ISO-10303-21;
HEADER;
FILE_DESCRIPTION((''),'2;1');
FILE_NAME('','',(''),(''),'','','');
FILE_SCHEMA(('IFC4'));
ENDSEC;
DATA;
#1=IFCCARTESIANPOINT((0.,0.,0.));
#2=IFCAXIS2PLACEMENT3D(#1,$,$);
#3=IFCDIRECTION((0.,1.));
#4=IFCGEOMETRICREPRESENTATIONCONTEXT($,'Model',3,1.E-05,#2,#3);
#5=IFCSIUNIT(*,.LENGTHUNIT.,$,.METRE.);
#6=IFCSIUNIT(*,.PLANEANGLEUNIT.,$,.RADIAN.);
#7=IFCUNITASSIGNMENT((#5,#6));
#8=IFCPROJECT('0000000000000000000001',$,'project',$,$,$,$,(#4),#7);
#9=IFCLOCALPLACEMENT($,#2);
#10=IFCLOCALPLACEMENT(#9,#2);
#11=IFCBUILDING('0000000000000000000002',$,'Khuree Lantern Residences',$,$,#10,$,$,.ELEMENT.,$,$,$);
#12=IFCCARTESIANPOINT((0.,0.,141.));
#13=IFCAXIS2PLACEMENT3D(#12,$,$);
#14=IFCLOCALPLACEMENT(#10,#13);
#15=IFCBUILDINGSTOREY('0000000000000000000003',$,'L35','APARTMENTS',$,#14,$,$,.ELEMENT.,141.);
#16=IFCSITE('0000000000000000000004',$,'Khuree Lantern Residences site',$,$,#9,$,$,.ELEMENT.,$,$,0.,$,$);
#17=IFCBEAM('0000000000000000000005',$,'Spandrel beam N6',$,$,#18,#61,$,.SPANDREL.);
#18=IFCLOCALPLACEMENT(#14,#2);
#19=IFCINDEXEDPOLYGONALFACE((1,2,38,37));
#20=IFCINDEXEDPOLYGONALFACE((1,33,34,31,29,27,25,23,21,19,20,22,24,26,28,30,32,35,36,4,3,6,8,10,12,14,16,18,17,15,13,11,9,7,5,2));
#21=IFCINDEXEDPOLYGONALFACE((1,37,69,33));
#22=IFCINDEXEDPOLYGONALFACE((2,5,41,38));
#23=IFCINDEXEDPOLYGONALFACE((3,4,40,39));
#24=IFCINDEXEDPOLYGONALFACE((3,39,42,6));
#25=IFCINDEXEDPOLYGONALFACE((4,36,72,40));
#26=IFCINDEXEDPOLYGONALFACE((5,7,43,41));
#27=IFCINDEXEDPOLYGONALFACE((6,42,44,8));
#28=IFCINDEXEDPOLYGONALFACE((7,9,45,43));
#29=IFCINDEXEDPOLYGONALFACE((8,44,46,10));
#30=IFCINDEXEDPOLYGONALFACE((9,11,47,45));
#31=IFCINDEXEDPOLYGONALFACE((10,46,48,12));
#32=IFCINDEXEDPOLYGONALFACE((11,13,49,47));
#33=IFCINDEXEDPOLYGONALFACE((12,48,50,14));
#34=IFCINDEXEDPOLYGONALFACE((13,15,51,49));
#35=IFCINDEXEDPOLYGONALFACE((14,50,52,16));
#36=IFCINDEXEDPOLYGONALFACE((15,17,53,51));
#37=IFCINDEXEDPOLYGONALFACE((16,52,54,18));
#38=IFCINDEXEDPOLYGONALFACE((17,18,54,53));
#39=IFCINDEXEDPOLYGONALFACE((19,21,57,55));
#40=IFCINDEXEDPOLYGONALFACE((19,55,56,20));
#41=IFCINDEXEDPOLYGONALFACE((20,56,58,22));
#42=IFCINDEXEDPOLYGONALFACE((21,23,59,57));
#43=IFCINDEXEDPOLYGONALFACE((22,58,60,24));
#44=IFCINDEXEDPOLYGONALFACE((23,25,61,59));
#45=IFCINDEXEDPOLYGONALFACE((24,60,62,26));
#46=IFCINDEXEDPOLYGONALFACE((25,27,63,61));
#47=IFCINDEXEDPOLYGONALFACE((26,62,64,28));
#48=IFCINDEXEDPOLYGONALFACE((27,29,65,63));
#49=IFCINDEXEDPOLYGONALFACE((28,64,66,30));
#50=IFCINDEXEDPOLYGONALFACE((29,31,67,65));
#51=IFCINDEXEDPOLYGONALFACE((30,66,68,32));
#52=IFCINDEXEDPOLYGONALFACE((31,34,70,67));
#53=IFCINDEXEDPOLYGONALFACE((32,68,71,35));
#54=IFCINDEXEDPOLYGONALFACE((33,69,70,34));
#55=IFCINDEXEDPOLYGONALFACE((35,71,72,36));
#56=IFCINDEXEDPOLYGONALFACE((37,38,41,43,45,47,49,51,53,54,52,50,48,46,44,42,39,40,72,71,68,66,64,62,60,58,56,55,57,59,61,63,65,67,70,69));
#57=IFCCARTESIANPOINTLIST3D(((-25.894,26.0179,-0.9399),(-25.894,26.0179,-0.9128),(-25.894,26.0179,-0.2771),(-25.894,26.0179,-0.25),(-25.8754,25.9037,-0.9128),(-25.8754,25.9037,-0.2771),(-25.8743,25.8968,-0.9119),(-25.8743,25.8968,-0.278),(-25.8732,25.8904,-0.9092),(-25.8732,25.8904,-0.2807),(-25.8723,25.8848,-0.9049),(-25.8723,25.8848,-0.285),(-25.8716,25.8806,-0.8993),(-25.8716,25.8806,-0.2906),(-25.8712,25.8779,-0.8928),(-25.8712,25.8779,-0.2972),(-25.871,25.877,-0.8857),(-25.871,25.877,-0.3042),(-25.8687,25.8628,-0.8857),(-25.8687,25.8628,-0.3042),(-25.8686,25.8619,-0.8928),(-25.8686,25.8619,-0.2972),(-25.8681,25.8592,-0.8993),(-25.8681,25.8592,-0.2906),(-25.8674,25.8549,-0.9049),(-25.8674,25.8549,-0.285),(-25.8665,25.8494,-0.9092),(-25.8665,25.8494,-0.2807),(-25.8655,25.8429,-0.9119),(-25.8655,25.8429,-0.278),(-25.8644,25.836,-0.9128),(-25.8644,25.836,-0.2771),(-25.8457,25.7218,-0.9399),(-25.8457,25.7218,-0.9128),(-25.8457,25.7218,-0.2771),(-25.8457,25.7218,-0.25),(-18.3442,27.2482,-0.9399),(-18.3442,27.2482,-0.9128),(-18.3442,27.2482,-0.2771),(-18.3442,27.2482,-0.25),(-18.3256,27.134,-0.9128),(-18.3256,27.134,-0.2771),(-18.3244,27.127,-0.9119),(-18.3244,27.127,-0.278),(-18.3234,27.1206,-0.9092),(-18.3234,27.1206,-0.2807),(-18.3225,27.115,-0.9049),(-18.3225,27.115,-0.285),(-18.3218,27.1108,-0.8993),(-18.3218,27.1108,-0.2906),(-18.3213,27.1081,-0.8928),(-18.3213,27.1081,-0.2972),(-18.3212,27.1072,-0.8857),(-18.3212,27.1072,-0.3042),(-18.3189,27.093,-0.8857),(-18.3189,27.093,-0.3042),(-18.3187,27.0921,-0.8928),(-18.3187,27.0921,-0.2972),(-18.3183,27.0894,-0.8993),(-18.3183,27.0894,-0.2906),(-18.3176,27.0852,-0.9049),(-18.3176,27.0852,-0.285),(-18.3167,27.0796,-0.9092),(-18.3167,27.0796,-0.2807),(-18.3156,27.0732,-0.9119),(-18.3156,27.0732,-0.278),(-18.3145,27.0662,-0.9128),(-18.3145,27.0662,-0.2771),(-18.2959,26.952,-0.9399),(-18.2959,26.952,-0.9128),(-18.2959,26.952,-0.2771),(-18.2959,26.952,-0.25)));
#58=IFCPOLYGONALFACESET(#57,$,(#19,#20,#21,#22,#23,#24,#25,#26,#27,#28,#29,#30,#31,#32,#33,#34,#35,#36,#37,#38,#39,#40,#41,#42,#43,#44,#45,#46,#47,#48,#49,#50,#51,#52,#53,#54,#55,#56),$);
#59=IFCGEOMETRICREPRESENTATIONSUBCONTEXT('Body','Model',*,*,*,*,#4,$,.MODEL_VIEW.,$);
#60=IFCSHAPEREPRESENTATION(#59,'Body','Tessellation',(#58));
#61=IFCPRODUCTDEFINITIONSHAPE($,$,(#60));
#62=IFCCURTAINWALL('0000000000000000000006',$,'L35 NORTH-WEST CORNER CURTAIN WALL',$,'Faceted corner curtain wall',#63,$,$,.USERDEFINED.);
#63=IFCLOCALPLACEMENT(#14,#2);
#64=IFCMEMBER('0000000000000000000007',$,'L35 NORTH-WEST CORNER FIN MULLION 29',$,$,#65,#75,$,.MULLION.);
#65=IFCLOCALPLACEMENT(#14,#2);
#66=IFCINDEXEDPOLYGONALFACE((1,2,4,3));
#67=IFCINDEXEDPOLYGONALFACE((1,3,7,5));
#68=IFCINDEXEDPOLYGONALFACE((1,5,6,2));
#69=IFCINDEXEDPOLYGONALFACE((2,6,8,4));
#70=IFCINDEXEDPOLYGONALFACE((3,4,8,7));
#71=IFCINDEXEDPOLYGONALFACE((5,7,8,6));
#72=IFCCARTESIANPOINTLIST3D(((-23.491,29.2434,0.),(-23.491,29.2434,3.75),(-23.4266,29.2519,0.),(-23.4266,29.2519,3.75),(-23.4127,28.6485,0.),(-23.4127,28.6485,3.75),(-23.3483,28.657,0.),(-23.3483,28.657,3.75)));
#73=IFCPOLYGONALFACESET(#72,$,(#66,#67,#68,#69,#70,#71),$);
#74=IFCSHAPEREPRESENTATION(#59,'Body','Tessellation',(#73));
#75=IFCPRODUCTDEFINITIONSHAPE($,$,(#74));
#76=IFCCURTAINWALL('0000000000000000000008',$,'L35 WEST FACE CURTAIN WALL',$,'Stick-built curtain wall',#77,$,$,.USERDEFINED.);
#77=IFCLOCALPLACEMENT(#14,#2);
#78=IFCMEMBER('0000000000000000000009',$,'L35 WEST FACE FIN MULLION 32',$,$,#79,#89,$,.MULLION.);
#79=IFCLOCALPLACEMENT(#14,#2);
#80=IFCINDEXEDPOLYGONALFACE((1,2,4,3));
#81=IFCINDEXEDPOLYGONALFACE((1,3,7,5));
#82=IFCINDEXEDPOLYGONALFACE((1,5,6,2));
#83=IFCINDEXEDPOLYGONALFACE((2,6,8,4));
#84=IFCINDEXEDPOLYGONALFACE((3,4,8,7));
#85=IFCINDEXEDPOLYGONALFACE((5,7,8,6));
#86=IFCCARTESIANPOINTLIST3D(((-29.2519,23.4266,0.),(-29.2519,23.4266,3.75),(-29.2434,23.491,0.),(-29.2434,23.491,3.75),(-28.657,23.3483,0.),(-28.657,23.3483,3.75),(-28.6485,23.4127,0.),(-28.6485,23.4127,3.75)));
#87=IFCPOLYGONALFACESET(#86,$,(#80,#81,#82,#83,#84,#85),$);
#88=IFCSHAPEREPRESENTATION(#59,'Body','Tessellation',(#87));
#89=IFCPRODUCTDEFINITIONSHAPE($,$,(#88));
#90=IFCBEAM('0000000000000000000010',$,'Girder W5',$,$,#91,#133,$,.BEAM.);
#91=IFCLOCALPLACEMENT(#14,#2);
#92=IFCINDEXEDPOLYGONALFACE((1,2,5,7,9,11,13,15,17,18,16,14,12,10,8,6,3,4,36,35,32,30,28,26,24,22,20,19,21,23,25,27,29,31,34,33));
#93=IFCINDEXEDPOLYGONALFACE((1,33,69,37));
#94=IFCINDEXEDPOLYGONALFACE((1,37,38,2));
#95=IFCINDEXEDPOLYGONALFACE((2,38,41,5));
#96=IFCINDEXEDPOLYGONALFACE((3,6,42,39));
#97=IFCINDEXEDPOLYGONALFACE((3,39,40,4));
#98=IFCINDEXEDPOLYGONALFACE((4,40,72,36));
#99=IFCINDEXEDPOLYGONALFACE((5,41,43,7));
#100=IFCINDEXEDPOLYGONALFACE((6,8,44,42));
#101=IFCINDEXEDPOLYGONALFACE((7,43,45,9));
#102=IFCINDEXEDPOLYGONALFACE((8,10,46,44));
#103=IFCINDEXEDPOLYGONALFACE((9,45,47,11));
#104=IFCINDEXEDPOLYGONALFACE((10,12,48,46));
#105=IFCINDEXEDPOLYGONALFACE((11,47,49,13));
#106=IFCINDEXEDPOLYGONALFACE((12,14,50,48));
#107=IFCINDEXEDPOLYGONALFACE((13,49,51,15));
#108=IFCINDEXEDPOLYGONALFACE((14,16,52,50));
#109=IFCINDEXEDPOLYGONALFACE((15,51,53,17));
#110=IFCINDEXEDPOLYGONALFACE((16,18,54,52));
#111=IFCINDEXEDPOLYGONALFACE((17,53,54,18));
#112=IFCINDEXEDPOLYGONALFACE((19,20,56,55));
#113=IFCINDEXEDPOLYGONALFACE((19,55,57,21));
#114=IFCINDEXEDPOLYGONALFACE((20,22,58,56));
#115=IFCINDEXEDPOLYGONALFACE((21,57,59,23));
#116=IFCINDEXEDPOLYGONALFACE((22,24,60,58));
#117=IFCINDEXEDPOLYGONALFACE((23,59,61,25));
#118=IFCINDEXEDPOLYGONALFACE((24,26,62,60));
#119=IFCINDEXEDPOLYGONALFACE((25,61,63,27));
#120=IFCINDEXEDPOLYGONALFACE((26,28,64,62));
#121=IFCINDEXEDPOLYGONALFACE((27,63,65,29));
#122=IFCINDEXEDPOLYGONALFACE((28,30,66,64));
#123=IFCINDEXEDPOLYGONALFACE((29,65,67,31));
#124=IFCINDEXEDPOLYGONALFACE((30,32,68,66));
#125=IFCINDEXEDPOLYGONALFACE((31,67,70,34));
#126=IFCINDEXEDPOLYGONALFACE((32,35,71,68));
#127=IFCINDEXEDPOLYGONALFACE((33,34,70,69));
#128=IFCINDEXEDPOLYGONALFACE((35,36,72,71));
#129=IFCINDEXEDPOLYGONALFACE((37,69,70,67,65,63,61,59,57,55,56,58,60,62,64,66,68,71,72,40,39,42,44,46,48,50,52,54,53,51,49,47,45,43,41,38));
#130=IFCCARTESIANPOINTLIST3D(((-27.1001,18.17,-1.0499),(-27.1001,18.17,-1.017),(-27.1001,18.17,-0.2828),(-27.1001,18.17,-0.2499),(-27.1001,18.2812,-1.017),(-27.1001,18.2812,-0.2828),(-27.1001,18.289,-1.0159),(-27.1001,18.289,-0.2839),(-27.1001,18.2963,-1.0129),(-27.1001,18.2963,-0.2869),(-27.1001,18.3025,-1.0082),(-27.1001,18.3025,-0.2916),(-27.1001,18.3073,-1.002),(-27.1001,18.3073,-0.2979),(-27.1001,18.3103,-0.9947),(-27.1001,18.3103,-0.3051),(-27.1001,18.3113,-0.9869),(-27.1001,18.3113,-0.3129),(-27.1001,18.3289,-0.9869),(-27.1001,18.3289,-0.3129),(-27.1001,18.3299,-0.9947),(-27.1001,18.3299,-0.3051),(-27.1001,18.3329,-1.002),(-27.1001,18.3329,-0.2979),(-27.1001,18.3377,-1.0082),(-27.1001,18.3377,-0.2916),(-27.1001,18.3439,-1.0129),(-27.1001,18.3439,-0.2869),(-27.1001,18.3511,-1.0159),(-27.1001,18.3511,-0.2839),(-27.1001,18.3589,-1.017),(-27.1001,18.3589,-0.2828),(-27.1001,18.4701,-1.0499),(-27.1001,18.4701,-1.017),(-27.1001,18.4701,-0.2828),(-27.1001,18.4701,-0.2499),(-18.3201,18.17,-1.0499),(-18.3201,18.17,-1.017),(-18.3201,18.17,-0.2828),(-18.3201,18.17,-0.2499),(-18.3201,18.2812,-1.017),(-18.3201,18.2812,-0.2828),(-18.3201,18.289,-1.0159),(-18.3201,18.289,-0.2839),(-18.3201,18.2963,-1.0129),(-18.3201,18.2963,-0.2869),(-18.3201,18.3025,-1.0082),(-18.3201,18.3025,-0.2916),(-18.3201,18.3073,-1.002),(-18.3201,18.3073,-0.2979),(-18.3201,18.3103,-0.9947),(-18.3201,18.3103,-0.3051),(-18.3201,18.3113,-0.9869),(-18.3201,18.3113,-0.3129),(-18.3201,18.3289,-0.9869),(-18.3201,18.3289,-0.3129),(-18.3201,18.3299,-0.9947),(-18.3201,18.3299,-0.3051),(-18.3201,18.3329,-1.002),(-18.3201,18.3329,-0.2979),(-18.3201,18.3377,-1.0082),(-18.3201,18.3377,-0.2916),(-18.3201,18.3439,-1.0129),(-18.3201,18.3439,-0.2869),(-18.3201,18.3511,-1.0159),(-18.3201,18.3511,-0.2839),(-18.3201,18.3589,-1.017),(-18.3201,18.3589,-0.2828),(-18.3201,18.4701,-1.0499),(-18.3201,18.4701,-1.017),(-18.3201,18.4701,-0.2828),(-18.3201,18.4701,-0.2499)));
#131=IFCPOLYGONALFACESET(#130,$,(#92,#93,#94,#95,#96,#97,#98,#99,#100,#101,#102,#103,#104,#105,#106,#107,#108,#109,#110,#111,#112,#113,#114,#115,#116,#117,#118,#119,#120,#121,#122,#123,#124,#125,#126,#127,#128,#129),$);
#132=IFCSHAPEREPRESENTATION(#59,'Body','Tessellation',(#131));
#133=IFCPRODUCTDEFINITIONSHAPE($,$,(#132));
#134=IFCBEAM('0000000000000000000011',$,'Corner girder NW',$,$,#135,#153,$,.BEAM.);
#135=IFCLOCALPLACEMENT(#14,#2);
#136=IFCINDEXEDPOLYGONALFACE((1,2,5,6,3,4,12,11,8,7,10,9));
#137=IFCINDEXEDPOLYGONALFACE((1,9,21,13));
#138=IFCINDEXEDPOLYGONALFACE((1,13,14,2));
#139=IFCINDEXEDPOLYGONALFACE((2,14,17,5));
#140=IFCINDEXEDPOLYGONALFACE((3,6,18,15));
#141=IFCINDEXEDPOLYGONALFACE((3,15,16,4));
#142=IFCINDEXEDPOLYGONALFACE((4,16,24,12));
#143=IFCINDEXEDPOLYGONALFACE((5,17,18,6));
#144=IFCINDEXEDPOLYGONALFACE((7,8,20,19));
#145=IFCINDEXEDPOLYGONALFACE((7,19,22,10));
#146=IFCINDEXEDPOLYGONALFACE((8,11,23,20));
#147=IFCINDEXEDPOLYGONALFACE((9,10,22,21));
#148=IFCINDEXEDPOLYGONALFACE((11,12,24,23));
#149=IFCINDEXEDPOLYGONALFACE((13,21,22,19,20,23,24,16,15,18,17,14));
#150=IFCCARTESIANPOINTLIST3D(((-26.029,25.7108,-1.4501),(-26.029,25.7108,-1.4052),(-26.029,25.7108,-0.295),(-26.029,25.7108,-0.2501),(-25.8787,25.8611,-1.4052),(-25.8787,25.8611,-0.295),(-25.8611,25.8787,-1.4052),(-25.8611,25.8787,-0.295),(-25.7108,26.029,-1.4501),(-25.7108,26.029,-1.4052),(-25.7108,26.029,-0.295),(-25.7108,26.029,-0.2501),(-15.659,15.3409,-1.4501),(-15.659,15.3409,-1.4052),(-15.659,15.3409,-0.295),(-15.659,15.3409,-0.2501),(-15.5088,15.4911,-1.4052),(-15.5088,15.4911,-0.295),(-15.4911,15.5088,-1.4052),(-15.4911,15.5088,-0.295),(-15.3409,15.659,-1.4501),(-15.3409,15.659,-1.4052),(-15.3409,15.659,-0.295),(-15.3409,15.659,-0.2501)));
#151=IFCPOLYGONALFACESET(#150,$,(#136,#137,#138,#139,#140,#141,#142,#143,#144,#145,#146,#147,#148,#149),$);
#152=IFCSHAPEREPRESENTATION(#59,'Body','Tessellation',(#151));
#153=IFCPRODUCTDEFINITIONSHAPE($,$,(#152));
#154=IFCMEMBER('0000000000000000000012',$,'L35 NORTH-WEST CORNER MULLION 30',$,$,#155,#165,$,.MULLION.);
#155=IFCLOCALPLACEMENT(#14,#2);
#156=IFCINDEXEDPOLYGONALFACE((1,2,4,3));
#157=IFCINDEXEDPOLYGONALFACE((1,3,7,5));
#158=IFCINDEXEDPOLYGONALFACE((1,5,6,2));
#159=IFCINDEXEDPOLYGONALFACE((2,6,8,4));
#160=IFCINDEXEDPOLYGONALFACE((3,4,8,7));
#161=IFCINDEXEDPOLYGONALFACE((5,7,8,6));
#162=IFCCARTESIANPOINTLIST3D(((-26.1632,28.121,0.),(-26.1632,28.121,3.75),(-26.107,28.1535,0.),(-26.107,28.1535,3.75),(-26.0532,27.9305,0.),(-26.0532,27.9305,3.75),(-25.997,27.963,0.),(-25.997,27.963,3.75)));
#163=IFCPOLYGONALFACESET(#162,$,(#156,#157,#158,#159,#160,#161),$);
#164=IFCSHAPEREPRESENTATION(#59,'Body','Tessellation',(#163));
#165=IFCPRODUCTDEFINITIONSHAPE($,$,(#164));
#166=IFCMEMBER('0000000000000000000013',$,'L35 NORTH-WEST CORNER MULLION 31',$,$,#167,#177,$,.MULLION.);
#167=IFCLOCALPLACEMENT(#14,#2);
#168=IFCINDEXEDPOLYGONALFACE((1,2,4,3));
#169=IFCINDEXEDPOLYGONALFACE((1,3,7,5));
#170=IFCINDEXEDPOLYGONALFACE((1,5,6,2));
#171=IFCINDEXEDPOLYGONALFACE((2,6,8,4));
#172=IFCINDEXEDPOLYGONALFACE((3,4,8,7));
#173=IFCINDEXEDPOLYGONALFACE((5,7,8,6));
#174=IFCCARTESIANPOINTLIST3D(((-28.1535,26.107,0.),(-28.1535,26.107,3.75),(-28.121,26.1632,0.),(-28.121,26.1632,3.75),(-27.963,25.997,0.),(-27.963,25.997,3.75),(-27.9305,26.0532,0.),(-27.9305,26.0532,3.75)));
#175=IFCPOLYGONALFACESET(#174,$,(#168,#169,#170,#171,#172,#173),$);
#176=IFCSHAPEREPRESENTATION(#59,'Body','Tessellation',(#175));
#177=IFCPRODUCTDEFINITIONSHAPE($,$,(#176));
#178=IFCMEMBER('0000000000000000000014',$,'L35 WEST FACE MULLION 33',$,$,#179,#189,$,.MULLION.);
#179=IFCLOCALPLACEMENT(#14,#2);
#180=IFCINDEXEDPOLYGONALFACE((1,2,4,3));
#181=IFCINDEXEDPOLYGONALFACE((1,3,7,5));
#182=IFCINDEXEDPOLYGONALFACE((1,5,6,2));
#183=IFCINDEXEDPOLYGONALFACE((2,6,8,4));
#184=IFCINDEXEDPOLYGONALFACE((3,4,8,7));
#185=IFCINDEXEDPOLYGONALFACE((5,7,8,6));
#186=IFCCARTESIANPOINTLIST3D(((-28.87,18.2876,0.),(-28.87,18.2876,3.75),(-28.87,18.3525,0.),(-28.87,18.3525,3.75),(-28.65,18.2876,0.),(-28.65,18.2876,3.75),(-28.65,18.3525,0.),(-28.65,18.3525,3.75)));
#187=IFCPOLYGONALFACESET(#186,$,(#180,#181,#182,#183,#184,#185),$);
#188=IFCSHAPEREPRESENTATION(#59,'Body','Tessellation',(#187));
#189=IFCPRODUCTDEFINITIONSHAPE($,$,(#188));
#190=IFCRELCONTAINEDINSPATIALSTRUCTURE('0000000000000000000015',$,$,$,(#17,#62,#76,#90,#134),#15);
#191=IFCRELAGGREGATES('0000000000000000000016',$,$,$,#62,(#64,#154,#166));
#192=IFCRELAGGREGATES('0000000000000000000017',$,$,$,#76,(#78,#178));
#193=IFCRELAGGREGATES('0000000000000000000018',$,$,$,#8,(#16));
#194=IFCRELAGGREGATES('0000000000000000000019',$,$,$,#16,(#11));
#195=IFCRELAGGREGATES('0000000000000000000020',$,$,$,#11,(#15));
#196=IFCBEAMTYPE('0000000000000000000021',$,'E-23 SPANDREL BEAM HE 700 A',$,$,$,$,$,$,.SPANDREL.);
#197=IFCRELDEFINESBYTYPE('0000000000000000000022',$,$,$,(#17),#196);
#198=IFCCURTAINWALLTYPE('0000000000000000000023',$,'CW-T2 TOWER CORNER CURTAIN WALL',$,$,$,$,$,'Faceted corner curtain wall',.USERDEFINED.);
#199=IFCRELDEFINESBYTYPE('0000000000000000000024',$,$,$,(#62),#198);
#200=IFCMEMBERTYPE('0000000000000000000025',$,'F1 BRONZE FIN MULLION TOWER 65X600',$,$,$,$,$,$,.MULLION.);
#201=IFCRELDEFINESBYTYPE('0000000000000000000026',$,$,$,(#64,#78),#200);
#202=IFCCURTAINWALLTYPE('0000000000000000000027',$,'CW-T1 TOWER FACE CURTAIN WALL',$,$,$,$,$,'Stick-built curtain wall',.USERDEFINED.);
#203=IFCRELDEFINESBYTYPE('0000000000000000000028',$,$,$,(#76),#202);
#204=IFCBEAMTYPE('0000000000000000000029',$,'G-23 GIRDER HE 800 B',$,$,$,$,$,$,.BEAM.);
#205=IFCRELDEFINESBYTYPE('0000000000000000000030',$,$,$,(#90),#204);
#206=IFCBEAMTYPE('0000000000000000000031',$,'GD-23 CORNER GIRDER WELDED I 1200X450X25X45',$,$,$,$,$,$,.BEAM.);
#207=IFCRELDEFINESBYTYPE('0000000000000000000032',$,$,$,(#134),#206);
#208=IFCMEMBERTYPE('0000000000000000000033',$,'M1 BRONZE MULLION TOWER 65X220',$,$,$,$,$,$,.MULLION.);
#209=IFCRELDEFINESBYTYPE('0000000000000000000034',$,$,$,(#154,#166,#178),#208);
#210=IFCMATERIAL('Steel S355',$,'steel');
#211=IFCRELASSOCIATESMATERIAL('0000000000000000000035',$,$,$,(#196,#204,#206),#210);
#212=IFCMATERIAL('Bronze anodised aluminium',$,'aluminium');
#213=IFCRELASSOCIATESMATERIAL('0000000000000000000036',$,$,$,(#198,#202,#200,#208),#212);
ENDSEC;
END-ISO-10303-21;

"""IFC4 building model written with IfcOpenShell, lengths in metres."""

from ifc_helpers import new_model, si_unit, direction, frame, origin, origin_2d, place, context, subcontext, project, spatial, rectangle, i_section, extrude, material, material_profile, profile_set, type_object, element, aggregate, save


model = new_model("IFC4")

# Units and contexts
model_context = context("Model", 3, precision=1e-05, world=origin(), true_north=direction((0.0, 1.0)))
body_context = subcontext(model_context, "Body", "Model", "MODEL_VIEW")
ifc_project = project(units=[si_unit("LENGTHUNIT", "METRE"), si_unit("PLANEANGLEUNIT", "RADIAN")], contexts=[model_context])

# Site, building, storey
site_placement = place(None, origin())
site = spatial("IfcSite", under=ifc_project, at=site_placement, Name="Khuree Lantern Residences site", CompositionType="ELEMENT", RefElevation=0.0)
building_placement = place(site_placement, origin())
building = spatial("IfcBuilding", under=site, at=building_placement, Name="Khuree Lantern Residences", CompositionType="ELEMENT")
storey_placement = place(building_placement, frame((0.0, 0.0, 141.0)))
storey = spatial("IfcBuildingStorey", under=building, at=storey_placement, Name="L35", Description="APARTMENTS", CompositionType="ELEMENT", Elevation=141.0)

# Beam
ifc_material_1 = material(Name="Steel S355", Category="steel")
ifc_material_profile_1 = material_profile(ifc_material_1, i_section(OverallWidth=0.3, OverallDepth=0.6899, WebThickness=0.0144, FlangeThickness=0.0271, FilletRadius=0.0271, at=origin_2d()), Name="HE 700 A")
ifc_profile_set_1 = profile_set([ifc_material_profile_1], Name="Steel S355")
beam_type_1 = type_object("IfcBeamType", Name="E-23 SPANDREL BEAM HE 700 A", PredefinedType="SPANDREL", material=ifc_profile_set_1)
for number, where, z_axis, x_axis, name in (
    (1, (-25.8699, 25.8699, -0.595), (0.986983, 0.160827, 0.0), (-0.160827, 0.986983, 0.0), "Spandrel beam N6"),
):
    element("IfcBeam", number, at=place(storey_placement, frame(where, z_axis=z_axis, x_axis=x_axis)), inside=storey, type_object=beam_type_1, Name=name, PredefinedType="SPANDREL", context=body_context, shape_type="SweptSolid", body=[
        extrude(i_section(OverallWidth=0.3, OverallDepth=0.6899, WebThickness=0.0144, FlangeThickness=0.0271, FilletRadius=0.0271, at=origin_2d()), origin(), (0.0, 0.0, 1.0), 7.6494),
    ])

# Curtain walls, members
ifc_material_2 = material(Name="Bronze anodised aluminium", Category="aluminium")
curtain_wall_type_1 = type_object("IfcCurtainWallType", Name="CW-T2 TOWER CORNER CURTAIN WALL", ElementType="Faceted corner curtain wall", PredefinedType="USERDEFINED", material=ifc_material_2)
curtain_wall_1_placement = place(storey_placement, origin())
curtain_wall_1 = element("IfcCurtainWall", 2, at=curtain_wall_1_placement, inside=storey, type_object=curtain_wall_type_1, Name="L35 NORTH-WEST CORNER CURTAIN WALL", ObjectType="Faceted corner curtain wall", PredefinedType="USERDEFINED")
ifc_material_profile_2 = material_profile(ifc_material_2, rectangle(XDim=0.0649, YDim=0.6001, at=origin_2d()), Name="F1 65X600")
ifc_profile_set_2 = profile_set([ifc_material_profile_2], Name="Bronze anodised aluminium")
member_type_1 = type_object("IfcMemberType", Name="F1 BRONZE FIN MULLION TOWER 65X600", PredefinedType="MULLION", material=ifc_profile_set_2)
member_1_placement = place(storey_placement, frame((-23.4197, 28.9502, 0.0), z_axis=(0.0, 0.0, 1.0), x_axis=(-0.991445, -0.130526, 0.0)))
member_1 = element("IfcMember", 3, at=member_1_placement, type_object=member_type_1, Name="L35 NORTH-WEST CORNER FIN MULLION 29", PredefinedType="MULLION", context=body_context, shape_type="SweptSolid", body=[
    extrude(rectangle(XDim=0.0649, YDim=0.6001, at=origin_2d()), origin(), (0.0, 0.0, 1.0), 3.75),
])
curtain_wall_type_2 = type_object("IfcCurtainWallType", Name="CW-T1 TOWER FACE CURTAIN WALL", ElementType="Stick-built curtain wall", PredefinedType="USERDEFINED", material=ifc_material_2)
curtain_wall_2_placement = place(storey_placement, origin())
curtain_wall_2 = element("IfcCurtainWall", 4, at=curtain_wall_2_placement, inside=storey, type_object=curtain_wall_type_2, Name="L35 WEST FACE CURTAIN WALL", ObjectType="Stick-built curtain wall", PredefinedType="USERDEFINED")
member_2_placement = place(storey_placement, frame((-28.9502, 23.4197, 0.0), z_axis=(0.0, 0.0, 1.0), x_axis=(-0.130526, -0.991445, 0.0)))
member_2 = element("IfcMember", 5, at=member_2_placement, type_object=member_type_1, Name="L35 WEST FACE FIN MULLION 32", PredefinedType="MULLION", context=body_context, shape_type="SweptSolid", body=[
    extrude(rectangle(XDim=0.0649, YDim=0.6001, at=origin_2d()), origin(), (0.0, 0.0, 1.0), 3.75),
])

# Beams
ifc_material_profile_3 = material_profile(ifc_material_1, i_section(OverallWidth=0.3, OverallDepth=0.8, WebThickness=0.0176, FlangeThickness=0.033, FilletRadius=0.03, at=origin_2d()), Name="HE 800 B")
ifc_profile_set_3 = profile_set([ifc_material_profile_3], Name="Steel S355")
beam_type_2 = type_object("IfcBeamType", Name="G-23 GIRDER HE 800 B", PredefinedType="BEAM", material=ifc_profile_set_3)
beam_1_placement = place(storey_placement, frame((-27.1001, 18.3201, -0.6499), z_axis=(1.0, 0.0, 0.0), x_axis=(0.0, 1.0, 0.0)))
element("IfcBeam", 6, at=beam_1_placement, inside=storey, type_object=beam_type_2, Name="Girder W5", PredefinedType="BEAM", context=body_context, shape_type="SweptSolid", body=[
    extrude(i_section(OverallWidth=0.3, OverallDepth=0.8, WebThickness=0.0176, FlangeThickness=0.033, FilletRadius=0.03, at=origin_2d()), origin(), (0.0, 0.0, 1.0), 8.78),
])
ifc_material_profile_4 = material_profile(ifc_material_1, i_section(OverallWidth=0.45, OverallDepth=1.2, WebThickness=0.0249, FlangeThickness=0.0449, at=origin_2d()), Name="WELDED I 1200X450X25X45")
ifc_profile_set_4 = profile_set([ifc_material_profile_4], Name="Steel S355")
beam_type_3 = type_object("IfcBeamType", Name="GD-23 CORNER GIRDER WELDED I 1200X450X25X45", PredefinedType="BEAM", material=ifc_profile_set_4)
beam_2_placement = place(storey_placement, frame((-25.8699, 25.8699, -0.8501), z_axis=(0.707107, -0.707107, 0.0), x_axis=(0.707107, 0.707107, 0.0)))
element("IfcBeam", 7, at=beam_2_placement, inside=storey, type_object=beam_type_3, Name="Corner girder NW", PredefinedType="BEAM", context=body_context, shape_type="SweptSolid", body=[
    extrude(i_section(OverallWidth=0.45, OverallDepth=1.2, WebThickness=0.0249, FlangeThickness=0.0449, at=origin_2d()), origin(), (0.0, 0.0, 1.0), 14.6653),
])

# Members
ifc_material_profile_5 = material_profile(ifc_material_2, rectangle(XDim=0.0649, YDim=0.22, at=origin_2d()), Name="M1 65X220")
ifc_profile_set_5 = profile_set([ifc_material_profile_5], Name="Bronze anodised aluminium")
member_type_2 = type_object("IfcMemberType", Name="M1 BRONZE MULLION TOWER 65X220", PredefinedType="MULLION", material=ifc_profile_set_5)
member_3_placement = place(storey_placement, frame((-26.0801, 28.042, 0.0), z_axis=(0.0, 0.0, 1.0), x_axis=(-0.866025, -0.5, 0.0)))
member_3 = element("IfcMember", 8, at=member_3_placement, type_object=member_type_2, Name="L35 NORTH-WEST CORNER MULLION 30", PredefinedType="MULLION", context=body_context, shape_type="SweptSolid", body=[
    extrude(rectangle(XDim=0.0649, YDim=0.22, at=origin_2d()), origin(), (0.0, 0.0, 1.0), 3.75),
])
member_4_placement = place(storey_placement, frame((-28.042, 26.0801, 0.0), z_axis=(0.0, 0.0, 1.0), x_axis=(-0.5, -0.866025, 0.0)))
member_4 = element("IfcMember", 9, at=member_4_placement, type_object=member_type_2, Name="L35 NORTH-WEST CORNER MULLION 31", PredefinedType="MULLION", context=body_context, shape_type="SweptSolid", body=[
    extrude(rectangle(XDim=0.0649, YDim=0.22, at=origin_2d()), origin(), (0.0, 0.0, 1.0), 3.75),
])
member_5_placement = place(storey_placement, frame((-28.76, 18.3201, 0.0), z_axis=(0.0, 0.0, 1.0), x_axis=(0.0, -1.0, 0.0)))
member_5 = element("IfcMember", 10, at=member_5_placement, type_object=member_type_2, Name="L35 WEST FACE MULLION 33", PredefinedType="MULLION", context=body_context, shape_type="SweptSolid", body=[
    extrude(rectangle(XDim=0.0649, YDim=0.22, at=origin_2d()), origin(), (0.0, 0.0, 1.0), 3.75),
])

aggregate(curtain_wall_1, [member_1, member_3, member_4])

aggregate(curtain_wall_2, [member_2, member_5])

save(model, "model.ifc")
